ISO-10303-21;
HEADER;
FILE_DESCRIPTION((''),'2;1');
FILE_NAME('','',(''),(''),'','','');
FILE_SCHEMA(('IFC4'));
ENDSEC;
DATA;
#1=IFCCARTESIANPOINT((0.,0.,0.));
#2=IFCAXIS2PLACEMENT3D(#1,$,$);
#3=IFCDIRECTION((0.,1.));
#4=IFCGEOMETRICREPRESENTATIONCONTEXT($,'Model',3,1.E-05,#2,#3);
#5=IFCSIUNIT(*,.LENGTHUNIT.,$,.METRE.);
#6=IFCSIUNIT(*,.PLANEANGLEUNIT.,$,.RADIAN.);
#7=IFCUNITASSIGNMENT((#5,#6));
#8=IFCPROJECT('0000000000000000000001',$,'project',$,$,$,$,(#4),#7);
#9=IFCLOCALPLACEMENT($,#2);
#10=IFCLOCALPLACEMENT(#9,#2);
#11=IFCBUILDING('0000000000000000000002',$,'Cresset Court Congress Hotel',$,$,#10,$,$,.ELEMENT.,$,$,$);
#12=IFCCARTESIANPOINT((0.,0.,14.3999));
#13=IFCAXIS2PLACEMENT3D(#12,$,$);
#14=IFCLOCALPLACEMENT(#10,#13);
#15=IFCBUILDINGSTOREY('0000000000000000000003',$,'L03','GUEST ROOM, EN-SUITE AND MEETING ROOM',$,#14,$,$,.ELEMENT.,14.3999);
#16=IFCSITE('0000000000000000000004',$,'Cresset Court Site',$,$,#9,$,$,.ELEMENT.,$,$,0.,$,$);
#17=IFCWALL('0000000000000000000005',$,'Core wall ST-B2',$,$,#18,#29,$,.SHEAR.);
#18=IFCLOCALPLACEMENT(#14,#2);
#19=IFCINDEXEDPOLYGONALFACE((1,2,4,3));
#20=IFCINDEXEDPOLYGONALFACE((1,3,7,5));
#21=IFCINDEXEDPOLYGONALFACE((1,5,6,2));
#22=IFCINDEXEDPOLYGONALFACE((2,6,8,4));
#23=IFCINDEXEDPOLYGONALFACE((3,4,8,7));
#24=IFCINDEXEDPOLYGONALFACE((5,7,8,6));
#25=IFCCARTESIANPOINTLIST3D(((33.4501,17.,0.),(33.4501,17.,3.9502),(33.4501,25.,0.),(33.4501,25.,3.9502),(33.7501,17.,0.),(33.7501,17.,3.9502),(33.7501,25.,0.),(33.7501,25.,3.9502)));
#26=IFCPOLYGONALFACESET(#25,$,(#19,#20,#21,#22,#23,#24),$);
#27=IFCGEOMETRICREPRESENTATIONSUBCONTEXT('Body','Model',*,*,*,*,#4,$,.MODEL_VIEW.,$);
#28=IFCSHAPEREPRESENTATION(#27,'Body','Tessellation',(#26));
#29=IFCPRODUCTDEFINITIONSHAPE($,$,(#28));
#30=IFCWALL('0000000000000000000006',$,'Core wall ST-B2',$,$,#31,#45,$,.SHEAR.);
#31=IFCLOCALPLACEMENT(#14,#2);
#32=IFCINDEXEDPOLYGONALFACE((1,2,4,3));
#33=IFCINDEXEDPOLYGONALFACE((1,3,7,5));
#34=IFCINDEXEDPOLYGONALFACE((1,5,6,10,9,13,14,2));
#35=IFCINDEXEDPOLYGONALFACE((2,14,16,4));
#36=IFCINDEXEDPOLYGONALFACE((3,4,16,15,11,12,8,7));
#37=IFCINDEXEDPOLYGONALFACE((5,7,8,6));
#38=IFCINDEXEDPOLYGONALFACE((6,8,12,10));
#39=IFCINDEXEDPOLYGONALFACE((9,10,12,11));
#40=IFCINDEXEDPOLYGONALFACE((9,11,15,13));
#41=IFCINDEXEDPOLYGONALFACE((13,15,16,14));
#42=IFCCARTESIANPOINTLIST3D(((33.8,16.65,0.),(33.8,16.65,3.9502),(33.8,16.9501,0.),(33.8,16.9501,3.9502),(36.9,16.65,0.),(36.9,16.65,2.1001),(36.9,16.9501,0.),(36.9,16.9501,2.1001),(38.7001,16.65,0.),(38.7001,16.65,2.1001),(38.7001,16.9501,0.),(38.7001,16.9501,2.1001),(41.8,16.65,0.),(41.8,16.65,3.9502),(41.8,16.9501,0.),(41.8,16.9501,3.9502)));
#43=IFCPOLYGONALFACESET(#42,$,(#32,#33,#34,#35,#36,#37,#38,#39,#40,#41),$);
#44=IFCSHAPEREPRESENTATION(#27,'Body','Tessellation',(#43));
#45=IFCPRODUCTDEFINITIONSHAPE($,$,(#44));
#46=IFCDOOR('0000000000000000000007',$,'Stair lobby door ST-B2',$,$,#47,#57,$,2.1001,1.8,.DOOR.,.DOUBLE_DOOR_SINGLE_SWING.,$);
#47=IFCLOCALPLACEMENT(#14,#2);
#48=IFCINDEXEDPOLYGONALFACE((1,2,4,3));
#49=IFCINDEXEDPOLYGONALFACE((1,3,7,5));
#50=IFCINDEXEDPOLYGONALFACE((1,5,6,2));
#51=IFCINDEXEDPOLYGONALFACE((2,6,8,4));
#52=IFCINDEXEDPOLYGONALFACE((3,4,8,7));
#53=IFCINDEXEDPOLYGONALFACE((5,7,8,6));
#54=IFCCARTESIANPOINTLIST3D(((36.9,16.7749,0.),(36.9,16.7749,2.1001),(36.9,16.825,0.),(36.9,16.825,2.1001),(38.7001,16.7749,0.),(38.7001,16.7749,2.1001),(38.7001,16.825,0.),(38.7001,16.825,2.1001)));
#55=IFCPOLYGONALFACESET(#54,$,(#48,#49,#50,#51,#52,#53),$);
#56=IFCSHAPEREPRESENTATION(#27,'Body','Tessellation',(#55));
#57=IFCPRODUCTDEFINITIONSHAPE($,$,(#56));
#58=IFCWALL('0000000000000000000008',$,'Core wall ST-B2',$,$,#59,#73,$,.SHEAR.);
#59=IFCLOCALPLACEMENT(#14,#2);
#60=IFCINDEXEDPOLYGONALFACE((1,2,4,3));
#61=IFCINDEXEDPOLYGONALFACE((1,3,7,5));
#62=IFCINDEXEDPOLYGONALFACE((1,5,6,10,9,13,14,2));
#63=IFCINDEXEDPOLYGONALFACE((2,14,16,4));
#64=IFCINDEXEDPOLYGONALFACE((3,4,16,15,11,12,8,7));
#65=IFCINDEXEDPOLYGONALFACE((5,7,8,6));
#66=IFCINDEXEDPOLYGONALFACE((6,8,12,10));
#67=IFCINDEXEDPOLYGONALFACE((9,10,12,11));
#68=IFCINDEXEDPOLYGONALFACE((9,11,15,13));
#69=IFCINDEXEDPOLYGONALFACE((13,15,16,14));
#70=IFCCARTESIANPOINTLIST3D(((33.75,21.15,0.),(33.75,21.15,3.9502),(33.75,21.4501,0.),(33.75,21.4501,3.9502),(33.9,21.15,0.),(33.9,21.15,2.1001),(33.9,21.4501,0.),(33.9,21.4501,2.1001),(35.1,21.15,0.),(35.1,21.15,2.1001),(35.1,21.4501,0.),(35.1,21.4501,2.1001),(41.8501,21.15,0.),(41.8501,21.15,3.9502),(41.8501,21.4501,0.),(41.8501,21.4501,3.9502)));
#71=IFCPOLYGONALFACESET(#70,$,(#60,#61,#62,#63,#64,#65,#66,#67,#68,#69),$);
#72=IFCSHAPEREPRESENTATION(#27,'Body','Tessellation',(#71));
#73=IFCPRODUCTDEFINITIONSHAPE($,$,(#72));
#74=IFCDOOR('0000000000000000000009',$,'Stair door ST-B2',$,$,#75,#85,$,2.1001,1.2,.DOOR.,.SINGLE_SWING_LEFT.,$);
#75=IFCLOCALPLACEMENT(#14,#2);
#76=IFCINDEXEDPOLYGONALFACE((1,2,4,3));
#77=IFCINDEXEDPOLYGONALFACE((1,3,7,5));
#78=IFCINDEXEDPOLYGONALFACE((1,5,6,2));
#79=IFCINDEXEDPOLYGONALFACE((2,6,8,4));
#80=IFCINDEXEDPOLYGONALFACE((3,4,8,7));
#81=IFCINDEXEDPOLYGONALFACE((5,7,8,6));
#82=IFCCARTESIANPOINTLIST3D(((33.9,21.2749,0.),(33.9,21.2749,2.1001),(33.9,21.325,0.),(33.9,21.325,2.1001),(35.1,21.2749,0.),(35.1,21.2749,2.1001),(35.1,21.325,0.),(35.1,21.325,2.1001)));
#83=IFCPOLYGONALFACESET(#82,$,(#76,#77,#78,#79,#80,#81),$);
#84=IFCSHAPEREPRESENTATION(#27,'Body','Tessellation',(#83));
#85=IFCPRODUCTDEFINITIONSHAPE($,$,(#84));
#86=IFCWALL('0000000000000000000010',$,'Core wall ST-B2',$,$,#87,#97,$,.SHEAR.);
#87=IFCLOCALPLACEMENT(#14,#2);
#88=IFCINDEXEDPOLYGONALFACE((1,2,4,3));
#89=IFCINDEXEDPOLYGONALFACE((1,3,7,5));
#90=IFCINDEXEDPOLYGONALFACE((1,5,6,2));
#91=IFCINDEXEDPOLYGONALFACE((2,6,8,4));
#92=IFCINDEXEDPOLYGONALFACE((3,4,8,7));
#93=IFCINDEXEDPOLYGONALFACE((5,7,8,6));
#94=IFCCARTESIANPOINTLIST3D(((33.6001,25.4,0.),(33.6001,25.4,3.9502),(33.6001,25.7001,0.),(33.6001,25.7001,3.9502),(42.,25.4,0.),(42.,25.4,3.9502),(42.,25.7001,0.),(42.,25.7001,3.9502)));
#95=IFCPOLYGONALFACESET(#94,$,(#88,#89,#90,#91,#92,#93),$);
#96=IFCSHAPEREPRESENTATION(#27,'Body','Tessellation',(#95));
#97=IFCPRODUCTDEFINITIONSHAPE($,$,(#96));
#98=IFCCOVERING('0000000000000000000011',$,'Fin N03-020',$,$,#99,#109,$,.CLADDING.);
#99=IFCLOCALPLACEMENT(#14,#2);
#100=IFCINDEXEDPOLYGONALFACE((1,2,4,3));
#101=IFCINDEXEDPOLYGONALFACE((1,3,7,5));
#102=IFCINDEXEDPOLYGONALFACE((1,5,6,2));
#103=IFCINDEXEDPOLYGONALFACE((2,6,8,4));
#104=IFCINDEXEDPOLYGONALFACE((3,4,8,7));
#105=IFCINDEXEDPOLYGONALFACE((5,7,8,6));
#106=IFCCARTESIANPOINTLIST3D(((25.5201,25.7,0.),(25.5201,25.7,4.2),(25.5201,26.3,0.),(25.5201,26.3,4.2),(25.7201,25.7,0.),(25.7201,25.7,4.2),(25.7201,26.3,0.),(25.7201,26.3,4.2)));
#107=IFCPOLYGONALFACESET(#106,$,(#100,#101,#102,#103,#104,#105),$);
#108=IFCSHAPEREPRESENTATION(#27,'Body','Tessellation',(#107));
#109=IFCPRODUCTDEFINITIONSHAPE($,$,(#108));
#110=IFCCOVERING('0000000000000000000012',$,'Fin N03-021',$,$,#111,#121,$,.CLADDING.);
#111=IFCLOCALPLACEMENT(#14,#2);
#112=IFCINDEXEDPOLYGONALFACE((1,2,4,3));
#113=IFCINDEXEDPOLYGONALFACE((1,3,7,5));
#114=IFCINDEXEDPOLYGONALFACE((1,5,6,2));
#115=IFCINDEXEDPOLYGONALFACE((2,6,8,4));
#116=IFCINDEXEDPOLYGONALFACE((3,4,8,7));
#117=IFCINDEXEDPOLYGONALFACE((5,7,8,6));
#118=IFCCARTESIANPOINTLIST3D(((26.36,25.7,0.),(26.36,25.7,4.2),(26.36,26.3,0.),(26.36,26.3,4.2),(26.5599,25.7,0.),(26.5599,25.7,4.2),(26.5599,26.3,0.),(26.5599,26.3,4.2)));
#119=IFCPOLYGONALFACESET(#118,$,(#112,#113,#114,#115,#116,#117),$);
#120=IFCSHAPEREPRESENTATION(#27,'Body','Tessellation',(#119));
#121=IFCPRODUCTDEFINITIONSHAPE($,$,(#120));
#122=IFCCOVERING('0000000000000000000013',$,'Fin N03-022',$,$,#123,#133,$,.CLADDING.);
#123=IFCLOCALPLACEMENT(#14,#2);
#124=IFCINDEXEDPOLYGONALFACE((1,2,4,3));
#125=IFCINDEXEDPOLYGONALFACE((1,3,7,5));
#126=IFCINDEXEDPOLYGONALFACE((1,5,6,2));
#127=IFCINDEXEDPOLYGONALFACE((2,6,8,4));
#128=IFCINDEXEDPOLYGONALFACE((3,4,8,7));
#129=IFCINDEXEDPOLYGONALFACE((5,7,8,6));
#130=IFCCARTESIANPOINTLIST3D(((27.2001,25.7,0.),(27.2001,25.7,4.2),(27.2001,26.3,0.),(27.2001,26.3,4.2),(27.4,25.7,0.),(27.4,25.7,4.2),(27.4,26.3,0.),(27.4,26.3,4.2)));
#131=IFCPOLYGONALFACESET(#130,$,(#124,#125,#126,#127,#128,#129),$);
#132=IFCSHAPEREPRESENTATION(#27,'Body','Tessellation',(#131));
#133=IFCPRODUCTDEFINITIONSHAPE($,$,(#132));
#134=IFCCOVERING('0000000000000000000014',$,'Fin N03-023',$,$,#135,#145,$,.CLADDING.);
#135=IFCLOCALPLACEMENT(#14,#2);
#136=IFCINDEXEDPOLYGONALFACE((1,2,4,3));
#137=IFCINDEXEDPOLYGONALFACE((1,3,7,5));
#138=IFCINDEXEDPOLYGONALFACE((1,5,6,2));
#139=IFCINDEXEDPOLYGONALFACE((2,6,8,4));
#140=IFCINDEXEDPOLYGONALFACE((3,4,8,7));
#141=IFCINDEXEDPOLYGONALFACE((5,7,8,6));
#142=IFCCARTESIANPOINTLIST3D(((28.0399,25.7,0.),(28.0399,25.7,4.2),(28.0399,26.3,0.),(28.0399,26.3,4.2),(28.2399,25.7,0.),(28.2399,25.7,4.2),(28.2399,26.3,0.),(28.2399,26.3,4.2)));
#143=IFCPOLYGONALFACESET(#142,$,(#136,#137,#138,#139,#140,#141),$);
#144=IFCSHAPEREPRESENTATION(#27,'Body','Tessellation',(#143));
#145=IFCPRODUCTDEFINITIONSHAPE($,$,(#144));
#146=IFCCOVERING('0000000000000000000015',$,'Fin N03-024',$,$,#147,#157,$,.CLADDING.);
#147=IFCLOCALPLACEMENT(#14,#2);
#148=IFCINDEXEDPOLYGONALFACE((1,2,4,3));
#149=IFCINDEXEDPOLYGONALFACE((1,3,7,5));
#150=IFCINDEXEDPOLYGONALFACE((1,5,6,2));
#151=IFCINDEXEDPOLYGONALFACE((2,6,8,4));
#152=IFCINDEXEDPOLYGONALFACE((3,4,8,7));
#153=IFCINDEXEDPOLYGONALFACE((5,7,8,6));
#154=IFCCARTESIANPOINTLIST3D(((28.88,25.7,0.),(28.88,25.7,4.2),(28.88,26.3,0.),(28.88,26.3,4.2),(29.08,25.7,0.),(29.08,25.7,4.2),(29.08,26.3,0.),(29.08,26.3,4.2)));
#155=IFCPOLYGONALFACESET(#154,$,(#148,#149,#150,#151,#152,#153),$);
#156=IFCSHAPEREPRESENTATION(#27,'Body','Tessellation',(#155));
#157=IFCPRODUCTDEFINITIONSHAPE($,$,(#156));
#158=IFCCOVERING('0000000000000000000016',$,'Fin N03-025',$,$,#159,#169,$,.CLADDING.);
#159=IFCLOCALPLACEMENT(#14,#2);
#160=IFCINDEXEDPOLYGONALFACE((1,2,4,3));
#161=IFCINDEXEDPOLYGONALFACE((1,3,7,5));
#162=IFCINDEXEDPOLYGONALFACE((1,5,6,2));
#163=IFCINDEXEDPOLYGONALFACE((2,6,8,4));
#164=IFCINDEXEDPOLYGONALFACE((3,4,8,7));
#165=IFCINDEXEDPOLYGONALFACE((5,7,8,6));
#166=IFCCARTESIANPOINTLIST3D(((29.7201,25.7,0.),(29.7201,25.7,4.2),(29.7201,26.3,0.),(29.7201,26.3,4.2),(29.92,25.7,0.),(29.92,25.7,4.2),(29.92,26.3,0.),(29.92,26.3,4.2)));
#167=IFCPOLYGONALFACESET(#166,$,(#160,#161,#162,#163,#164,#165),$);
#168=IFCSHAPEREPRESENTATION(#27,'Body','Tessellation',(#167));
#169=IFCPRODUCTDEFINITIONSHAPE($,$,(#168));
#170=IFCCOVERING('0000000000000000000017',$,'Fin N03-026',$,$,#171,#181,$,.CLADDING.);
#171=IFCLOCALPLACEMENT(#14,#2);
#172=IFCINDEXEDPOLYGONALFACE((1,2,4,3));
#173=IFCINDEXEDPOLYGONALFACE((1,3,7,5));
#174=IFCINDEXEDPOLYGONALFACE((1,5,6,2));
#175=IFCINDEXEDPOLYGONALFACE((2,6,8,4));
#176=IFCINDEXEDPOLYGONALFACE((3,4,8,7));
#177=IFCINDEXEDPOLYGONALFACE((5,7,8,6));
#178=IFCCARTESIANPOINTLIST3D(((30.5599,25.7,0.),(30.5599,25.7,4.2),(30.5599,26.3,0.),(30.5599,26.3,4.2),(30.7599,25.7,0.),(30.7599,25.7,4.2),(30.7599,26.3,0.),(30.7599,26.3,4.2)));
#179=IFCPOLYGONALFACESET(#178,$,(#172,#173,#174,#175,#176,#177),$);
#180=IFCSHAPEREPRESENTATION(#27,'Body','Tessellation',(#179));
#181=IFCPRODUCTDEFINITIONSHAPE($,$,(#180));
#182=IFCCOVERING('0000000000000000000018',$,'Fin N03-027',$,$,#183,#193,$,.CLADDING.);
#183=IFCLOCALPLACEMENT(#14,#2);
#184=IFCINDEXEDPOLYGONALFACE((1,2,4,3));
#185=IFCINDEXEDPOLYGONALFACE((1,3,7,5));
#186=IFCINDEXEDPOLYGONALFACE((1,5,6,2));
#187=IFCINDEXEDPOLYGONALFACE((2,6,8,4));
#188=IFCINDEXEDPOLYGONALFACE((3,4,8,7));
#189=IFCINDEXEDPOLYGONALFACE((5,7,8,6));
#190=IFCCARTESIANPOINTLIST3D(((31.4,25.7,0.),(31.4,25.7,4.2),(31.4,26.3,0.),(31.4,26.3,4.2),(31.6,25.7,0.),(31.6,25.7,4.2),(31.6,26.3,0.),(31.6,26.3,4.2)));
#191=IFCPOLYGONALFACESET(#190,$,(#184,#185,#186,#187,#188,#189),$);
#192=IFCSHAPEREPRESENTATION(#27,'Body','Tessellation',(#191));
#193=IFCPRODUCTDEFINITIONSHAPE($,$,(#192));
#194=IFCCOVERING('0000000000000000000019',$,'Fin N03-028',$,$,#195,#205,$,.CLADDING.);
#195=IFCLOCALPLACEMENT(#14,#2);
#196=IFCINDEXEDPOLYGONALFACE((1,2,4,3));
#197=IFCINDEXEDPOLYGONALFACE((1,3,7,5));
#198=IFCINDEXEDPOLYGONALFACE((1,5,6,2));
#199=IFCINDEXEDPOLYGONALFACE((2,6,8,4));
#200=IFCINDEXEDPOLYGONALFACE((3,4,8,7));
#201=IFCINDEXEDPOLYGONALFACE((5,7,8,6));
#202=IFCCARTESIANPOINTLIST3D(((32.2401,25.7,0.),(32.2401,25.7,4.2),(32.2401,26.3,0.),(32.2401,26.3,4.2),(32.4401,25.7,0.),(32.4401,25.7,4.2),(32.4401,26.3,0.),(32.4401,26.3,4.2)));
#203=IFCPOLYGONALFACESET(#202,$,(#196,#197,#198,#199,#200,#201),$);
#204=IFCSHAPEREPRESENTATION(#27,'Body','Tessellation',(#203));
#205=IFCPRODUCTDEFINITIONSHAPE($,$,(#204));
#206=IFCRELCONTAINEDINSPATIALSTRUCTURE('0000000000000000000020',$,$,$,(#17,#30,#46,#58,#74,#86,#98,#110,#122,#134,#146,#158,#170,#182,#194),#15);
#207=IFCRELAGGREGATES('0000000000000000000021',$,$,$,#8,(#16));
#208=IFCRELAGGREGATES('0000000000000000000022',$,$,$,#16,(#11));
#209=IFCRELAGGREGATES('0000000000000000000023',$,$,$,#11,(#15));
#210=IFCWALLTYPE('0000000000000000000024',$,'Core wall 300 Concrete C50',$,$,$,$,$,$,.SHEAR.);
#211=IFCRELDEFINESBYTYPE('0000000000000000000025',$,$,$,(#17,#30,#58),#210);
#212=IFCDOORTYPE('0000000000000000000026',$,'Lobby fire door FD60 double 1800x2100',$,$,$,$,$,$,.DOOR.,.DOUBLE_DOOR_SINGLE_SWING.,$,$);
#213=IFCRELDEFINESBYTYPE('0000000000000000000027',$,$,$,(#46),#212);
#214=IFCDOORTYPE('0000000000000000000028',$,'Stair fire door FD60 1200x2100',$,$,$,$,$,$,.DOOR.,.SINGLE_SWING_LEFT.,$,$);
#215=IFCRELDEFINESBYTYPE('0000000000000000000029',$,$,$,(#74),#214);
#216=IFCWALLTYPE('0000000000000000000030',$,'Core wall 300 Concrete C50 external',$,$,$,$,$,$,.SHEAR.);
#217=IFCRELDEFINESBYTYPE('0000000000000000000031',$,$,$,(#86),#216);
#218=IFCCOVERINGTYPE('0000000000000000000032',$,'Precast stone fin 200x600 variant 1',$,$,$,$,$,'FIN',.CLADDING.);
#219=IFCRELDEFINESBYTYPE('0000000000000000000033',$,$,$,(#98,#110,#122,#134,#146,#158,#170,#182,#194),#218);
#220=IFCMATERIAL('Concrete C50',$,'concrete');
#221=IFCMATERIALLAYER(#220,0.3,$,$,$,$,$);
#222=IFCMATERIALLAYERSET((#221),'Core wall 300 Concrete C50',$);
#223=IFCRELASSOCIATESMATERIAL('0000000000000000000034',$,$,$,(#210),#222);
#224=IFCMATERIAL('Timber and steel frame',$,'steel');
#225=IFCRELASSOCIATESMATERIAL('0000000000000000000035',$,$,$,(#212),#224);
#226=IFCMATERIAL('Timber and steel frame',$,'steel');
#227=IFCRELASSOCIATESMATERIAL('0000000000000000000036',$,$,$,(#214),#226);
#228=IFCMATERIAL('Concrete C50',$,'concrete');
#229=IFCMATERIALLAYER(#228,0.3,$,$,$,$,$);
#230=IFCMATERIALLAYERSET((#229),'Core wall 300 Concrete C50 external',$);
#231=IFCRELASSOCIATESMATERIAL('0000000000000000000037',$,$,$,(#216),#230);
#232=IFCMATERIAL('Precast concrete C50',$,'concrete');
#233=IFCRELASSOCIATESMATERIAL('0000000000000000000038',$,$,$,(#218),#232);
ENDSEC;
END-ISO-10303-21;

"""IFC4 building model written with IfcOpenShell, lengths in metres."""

from ifc_helpers import new_model, si_unit, direction, frame, frame_2d, origin, origin_2d, place, context, subcontext, project, spatial, rectangle, extrude, material, layer, layer_set, type_object, element, fill, save


model = new_model("IFC4")

# Units and contexts
model_context = context("Model", 3, precision=1e-05, world=origin(), true_north=direction((0.0, 1.0)))
body_context = subcontext(model_context, "Body", "Model", "MODEL_VIEW")
ifc_project = project(units=[si_unit("LENGTHUNIT", "METRE"), si_unit("PLANEANGLEUNIT", "RADIAN")], contexts=[model_context])

# Site, building, storey
site_placement = place(None, origin())
site = spatial("IfcSite", under=ifc_project, at=site_placement, Name="Cresset Court Site", CompositionType="ELEMENT", RefElevation=0.0)
building_placement = place(site_placement, origin())
building = spatial("IfcBuilding", under=site, at=building_placement, Name="Cresset Court Congress Hotel", CompositionType="ELEMENT")
storey_placement = place(building_placement, frame((0.0, 0.0, 14.3999)))
storey = spatial("IfcBuildingStorey", under=building, at=storey_placement, Name="L03", Description="GUEST ROOM, EN-SUITE AND MEETING ROOM", CompositionType="ELEMENT", Elevation=14.3999)

# Wall
ifc_material_1 = material(Name="Concrete C50", Category="concrete")
ifc_layer_1 = layer(ifc_material_1, 0.3)
ifc_layer_set_1 = layer_set([ifc_layer_1], Name="Core wall 300 Concrete C50")
wall_type_1 = type_object("IfcWallType", Name="Core wall 300 Concrete C50", PredefinedType="SHEAR", material=ifc_layer_set_1)
wall_1_placement = place(storey_placement, frame((33.6001, 17.0, 0.0), z_axis=(0.0, 0.0, 1.0), x_axis=(0.0, 1.0, 0.0)))
element("IfcWall", 1, at=wall_1_placement, inside=storey, type_object=wall_type_1, Name="Core wall ST-B2", PredefinedType="SHEAR", context=body_context, shape_type="SweptSolid", body=[
    extrude(rectangle(XDim=8.0, YDim=0.3, at=frame_2d((4.0, 0.0))), origin(), (0.0, 0.0, 1.0), 3.9502),
])

# Walls, openings, doors
wall_2_placement = place(storey_placement, frame((33.8, 16.8, 0.0), z_axis=(0.0, 0.0, 1.0), x_axis=(1.0, 0.0, 0.0)))
wall_2 = element("IfcWall", 2, at=wall_2_placement, inside=storey, type_object=wall_type_1, Name="Core wall ST-B2", PredefinedType="SHEAR", context=body_context, shape_type="SweptSolid", body=[
    extrude(rectangle(XDim=8.0, YDim=0.3, at=frame_2d((4.0, 0.0))), origin(), (0.0, 0.0, 1.0), 3.9502),
])
opening_1_placement = place(wall_2_placement, frame((3.1001, 0.0, 0.0)))
opening_1 = element("IfcOpeningElement", 3, at=opening_1_placement, cuts=wall_2, PredefinedType="OPENING", context=body_context, shape_type="SweptSolid", body=[
    extrude(rectangle(XDim=1.8, YDim=2.1001, at=frame_2d((0.8999, 1.05))), frame((0.0, 0.1599, 0.0), z_axis=(0.0, -1.0, 0.0), x_axis=(1.0, 0.0, 0.0)), (0.0, 0.0, 1.0), 0.3201),
])
ifc_material_2 = material(Name="Timber and steel frame", Category="steel")
door_type_1 = type_object("IfcDoorType", Name="Lobby fire door FD60 double 1800x2100", OperationType="DOUBLE_DOOR_SINGLE_SWING", PredefinedType="DOOR", material=ifc_material_2)
door_1_placement = place(opening_1_placement, origin())
door_1 = element("IfcDoor", 4, at=door_1_placement, inside=storey, type_object=door_type_1, Name="Stair lobby door ST-B2", OperationType="DOUBLE_DOOR_SINGLE_SWING", OverallHeight=2.1001, OverallWidth=1.8, PredefinedType="DOOR", context=body_context, shape_type="SweptSolid", body=[
    extrude(rectangle(XDim=1.8, YDim=2.1001, at=frame_2d((0.8999, 1.05))), frame((0.0, 0.0249, 0.0), z_axis=(0.0, -1.0, 0.0), x_axis=(1.0, 0.0, 0.0)), (0.0, 0.0, 1.0), 0.05),
])
fill(opening_1, door_1)
wall_3_placement = place(storey_placement, frame((33.75, 21.3, 0.0), z_axis=(0.0, 0.0, 1.0), x_axis=(1.0, 0.0, 0.0)))
wall_3 = element("IfcWall", 5, at=wall_3_placement, inside=storey, type_object=wall_type_1, Name="Core wall ST-B2", PredefinedType="SHEAR", context=body_context, shape_type="SweptSolid", body=[
    extrude(rectangle(XDim=8.1001, YDim=0.3, at=frame_2d((4.05, 0.0))), origin(), (0.0, 0.0, 1.0), 3.9502),
])
opening_2_placement = place(wall_3_placement, frame((0.1499, 0.0, 0.0)))
opening_2 = element("IfcOpeningElement", 6, at=opening_2_placement, cuts=wall_3, PredefinedType="OPENING", context=body_context, shape_type="SweptSolid", body=[
    extrude(rectangle(XDim=1.2, YDim=2.1001, at=frame_2d((0.6001, 1.05))), frame((0.0, 0.1599, 0.0), z_axis=(0.0, -1.0, 0.0), x_axis=(1.0, 0.0, 0.0)), (0.0, 0.0, 1.0), 0.3201),
])
ifc_material_3 = material(Name="Timber and steel frame", Category="steel")
door_type_2 = type_object("IfcDoorType", Name="Stair fire door FD60 1200x2100", OperationType="SINGLE_SWING_LEFT", PredefinedType="DOOR", material=ifc_material_3)
door_2_placement = place(opening_2_placement, origin())
door_2 = element("IfcDoor", 7, at=door_2_placement, inside=storey, type_object=door_type_2, Name="Stair door ST-B2", OperationType="SINGLE_SWING_LEFT", OverallHeight=2.1001, OverallWidth=1.2, PredefinedType="DOOR", context=body_context, shape_type="SweptSolid", body=[
    extrude(rectangle(XDim=1.2, YDim=2.1001, at=frame_2d((0.6001, 1.05))), frame((0.0, 0.0249, 0.0), z_axis=(0.0, -1.0, 0.0), x_axis=(1.0, 0.0, 0.0)), (0.0, 0.0, 1.0), 0.05),
])
fill(opening_2, door_2)

# Wall
ifc_material_4 = material(Name="Concrete C50", Category="concrete")
ifc_layer_2 = layer(ifc_material_4, 0.3)
ifc_layer_set_2 = layer_set([ifc_layer_2], Name="Core wall 300 Concrete C50 external")
wall_type_2 = type_object("IfcWallType", Name="Core wall 300 Concrete C50 external", PredefinedType="SHEAR", material=ifc_layer_set_2)
wall_4_placement = place(storey_placement, frame((33.6001, 25.55, 0.0), z_axis=(0.0, 0.0, 1.0), x_axis=(1.0, 0.0, 0.0)))
element("IfcWall", 8, at=wall_4_placement, inside=storey, type_object=wall_type_2, Name="Core wall ST-B2", PredefinedType="SHEAR", context=body_context, shape_type="SweptSolid", body=[
    extrude(rectangle(XDim=8.3999, YDim=0.3, at=frame_2d((4.2, 0.0))), origin(), (0.0, 0.0, 1.0), 3.9502),
])

# Coverings
ifc_material_5 = material(Name="Precast concrete C50", Category="concrete")
covering_type_1 = type_object("IfcCoveringType", Name="Precast stone fin 200x600 variant 1", ElementType="FIN", PredefinedType="CLADDING", material=ifc_material_5)
for number, where, z_axis, x_axis, name in (
    (9, (25.6201, 26.0, 0.0), (0.0, 0.0, 1.0), (1.0, 0.0, 0.0), "Fin N03-020"),
    (10, (26.46, 26.0, 0.0), (0.0, 0.0, 1.0), (1.0, 0.0, 0.0), "Fin N03-021"),
    (11, (27.3, 26.0, 0.0), (0.0, 0.0, 1.0), (1.0, 0.0, 0.0), "Fin N03-022"),
    (12, (28.1399, 26.0, 0.0), (0.0, 0.0, 1.0), (1.0, 0.0, 0.0), "Fin N03-023"),
    (13, (28.98, 26.0, 0.0), (0.0, 0.0, 1.0), (1.0, 0.0, 0.0), "Fin N03-024"),
    (14, (29.8201, 26.0, 0.0), (0.0, 0.0, 1.0), (1.0, 0.0, 0.0), "Fin N03-025"),
    (15, (30.6599, 26.0, 0.0), (0.0, 0.0, 1.0), (1.0, 0.0, 0.0), "Fin N03-026"),
    (16, (31.5, 26.0, 0.0), (0.0, 0.0, 1.0), (1.0, 0.0, 0.0), "Fin N03-027"),
    (17, (32.3401, 26.0, 0.0), (0.0, 0.0, 1.0), (1.0, 0.0, 0.0), "Fin N03-028"),
):
    element("IfcCovering", number, at=place(storey_placement, frame(where, z_axis=z_axis, x_axis=x_axis)), inside=storey, type_object=covering_type_1, Name=name, PredefinedType="CLADDING", context=body_context, shape_type="SweptSolid", body=[
        extrude(rectangle(XDim=0.2, YDim=0.6001, at=origin_2d()), origin(), (0.0, 0.0, 1.0), 4.2),
    ])

save(model, "model.ifc")
